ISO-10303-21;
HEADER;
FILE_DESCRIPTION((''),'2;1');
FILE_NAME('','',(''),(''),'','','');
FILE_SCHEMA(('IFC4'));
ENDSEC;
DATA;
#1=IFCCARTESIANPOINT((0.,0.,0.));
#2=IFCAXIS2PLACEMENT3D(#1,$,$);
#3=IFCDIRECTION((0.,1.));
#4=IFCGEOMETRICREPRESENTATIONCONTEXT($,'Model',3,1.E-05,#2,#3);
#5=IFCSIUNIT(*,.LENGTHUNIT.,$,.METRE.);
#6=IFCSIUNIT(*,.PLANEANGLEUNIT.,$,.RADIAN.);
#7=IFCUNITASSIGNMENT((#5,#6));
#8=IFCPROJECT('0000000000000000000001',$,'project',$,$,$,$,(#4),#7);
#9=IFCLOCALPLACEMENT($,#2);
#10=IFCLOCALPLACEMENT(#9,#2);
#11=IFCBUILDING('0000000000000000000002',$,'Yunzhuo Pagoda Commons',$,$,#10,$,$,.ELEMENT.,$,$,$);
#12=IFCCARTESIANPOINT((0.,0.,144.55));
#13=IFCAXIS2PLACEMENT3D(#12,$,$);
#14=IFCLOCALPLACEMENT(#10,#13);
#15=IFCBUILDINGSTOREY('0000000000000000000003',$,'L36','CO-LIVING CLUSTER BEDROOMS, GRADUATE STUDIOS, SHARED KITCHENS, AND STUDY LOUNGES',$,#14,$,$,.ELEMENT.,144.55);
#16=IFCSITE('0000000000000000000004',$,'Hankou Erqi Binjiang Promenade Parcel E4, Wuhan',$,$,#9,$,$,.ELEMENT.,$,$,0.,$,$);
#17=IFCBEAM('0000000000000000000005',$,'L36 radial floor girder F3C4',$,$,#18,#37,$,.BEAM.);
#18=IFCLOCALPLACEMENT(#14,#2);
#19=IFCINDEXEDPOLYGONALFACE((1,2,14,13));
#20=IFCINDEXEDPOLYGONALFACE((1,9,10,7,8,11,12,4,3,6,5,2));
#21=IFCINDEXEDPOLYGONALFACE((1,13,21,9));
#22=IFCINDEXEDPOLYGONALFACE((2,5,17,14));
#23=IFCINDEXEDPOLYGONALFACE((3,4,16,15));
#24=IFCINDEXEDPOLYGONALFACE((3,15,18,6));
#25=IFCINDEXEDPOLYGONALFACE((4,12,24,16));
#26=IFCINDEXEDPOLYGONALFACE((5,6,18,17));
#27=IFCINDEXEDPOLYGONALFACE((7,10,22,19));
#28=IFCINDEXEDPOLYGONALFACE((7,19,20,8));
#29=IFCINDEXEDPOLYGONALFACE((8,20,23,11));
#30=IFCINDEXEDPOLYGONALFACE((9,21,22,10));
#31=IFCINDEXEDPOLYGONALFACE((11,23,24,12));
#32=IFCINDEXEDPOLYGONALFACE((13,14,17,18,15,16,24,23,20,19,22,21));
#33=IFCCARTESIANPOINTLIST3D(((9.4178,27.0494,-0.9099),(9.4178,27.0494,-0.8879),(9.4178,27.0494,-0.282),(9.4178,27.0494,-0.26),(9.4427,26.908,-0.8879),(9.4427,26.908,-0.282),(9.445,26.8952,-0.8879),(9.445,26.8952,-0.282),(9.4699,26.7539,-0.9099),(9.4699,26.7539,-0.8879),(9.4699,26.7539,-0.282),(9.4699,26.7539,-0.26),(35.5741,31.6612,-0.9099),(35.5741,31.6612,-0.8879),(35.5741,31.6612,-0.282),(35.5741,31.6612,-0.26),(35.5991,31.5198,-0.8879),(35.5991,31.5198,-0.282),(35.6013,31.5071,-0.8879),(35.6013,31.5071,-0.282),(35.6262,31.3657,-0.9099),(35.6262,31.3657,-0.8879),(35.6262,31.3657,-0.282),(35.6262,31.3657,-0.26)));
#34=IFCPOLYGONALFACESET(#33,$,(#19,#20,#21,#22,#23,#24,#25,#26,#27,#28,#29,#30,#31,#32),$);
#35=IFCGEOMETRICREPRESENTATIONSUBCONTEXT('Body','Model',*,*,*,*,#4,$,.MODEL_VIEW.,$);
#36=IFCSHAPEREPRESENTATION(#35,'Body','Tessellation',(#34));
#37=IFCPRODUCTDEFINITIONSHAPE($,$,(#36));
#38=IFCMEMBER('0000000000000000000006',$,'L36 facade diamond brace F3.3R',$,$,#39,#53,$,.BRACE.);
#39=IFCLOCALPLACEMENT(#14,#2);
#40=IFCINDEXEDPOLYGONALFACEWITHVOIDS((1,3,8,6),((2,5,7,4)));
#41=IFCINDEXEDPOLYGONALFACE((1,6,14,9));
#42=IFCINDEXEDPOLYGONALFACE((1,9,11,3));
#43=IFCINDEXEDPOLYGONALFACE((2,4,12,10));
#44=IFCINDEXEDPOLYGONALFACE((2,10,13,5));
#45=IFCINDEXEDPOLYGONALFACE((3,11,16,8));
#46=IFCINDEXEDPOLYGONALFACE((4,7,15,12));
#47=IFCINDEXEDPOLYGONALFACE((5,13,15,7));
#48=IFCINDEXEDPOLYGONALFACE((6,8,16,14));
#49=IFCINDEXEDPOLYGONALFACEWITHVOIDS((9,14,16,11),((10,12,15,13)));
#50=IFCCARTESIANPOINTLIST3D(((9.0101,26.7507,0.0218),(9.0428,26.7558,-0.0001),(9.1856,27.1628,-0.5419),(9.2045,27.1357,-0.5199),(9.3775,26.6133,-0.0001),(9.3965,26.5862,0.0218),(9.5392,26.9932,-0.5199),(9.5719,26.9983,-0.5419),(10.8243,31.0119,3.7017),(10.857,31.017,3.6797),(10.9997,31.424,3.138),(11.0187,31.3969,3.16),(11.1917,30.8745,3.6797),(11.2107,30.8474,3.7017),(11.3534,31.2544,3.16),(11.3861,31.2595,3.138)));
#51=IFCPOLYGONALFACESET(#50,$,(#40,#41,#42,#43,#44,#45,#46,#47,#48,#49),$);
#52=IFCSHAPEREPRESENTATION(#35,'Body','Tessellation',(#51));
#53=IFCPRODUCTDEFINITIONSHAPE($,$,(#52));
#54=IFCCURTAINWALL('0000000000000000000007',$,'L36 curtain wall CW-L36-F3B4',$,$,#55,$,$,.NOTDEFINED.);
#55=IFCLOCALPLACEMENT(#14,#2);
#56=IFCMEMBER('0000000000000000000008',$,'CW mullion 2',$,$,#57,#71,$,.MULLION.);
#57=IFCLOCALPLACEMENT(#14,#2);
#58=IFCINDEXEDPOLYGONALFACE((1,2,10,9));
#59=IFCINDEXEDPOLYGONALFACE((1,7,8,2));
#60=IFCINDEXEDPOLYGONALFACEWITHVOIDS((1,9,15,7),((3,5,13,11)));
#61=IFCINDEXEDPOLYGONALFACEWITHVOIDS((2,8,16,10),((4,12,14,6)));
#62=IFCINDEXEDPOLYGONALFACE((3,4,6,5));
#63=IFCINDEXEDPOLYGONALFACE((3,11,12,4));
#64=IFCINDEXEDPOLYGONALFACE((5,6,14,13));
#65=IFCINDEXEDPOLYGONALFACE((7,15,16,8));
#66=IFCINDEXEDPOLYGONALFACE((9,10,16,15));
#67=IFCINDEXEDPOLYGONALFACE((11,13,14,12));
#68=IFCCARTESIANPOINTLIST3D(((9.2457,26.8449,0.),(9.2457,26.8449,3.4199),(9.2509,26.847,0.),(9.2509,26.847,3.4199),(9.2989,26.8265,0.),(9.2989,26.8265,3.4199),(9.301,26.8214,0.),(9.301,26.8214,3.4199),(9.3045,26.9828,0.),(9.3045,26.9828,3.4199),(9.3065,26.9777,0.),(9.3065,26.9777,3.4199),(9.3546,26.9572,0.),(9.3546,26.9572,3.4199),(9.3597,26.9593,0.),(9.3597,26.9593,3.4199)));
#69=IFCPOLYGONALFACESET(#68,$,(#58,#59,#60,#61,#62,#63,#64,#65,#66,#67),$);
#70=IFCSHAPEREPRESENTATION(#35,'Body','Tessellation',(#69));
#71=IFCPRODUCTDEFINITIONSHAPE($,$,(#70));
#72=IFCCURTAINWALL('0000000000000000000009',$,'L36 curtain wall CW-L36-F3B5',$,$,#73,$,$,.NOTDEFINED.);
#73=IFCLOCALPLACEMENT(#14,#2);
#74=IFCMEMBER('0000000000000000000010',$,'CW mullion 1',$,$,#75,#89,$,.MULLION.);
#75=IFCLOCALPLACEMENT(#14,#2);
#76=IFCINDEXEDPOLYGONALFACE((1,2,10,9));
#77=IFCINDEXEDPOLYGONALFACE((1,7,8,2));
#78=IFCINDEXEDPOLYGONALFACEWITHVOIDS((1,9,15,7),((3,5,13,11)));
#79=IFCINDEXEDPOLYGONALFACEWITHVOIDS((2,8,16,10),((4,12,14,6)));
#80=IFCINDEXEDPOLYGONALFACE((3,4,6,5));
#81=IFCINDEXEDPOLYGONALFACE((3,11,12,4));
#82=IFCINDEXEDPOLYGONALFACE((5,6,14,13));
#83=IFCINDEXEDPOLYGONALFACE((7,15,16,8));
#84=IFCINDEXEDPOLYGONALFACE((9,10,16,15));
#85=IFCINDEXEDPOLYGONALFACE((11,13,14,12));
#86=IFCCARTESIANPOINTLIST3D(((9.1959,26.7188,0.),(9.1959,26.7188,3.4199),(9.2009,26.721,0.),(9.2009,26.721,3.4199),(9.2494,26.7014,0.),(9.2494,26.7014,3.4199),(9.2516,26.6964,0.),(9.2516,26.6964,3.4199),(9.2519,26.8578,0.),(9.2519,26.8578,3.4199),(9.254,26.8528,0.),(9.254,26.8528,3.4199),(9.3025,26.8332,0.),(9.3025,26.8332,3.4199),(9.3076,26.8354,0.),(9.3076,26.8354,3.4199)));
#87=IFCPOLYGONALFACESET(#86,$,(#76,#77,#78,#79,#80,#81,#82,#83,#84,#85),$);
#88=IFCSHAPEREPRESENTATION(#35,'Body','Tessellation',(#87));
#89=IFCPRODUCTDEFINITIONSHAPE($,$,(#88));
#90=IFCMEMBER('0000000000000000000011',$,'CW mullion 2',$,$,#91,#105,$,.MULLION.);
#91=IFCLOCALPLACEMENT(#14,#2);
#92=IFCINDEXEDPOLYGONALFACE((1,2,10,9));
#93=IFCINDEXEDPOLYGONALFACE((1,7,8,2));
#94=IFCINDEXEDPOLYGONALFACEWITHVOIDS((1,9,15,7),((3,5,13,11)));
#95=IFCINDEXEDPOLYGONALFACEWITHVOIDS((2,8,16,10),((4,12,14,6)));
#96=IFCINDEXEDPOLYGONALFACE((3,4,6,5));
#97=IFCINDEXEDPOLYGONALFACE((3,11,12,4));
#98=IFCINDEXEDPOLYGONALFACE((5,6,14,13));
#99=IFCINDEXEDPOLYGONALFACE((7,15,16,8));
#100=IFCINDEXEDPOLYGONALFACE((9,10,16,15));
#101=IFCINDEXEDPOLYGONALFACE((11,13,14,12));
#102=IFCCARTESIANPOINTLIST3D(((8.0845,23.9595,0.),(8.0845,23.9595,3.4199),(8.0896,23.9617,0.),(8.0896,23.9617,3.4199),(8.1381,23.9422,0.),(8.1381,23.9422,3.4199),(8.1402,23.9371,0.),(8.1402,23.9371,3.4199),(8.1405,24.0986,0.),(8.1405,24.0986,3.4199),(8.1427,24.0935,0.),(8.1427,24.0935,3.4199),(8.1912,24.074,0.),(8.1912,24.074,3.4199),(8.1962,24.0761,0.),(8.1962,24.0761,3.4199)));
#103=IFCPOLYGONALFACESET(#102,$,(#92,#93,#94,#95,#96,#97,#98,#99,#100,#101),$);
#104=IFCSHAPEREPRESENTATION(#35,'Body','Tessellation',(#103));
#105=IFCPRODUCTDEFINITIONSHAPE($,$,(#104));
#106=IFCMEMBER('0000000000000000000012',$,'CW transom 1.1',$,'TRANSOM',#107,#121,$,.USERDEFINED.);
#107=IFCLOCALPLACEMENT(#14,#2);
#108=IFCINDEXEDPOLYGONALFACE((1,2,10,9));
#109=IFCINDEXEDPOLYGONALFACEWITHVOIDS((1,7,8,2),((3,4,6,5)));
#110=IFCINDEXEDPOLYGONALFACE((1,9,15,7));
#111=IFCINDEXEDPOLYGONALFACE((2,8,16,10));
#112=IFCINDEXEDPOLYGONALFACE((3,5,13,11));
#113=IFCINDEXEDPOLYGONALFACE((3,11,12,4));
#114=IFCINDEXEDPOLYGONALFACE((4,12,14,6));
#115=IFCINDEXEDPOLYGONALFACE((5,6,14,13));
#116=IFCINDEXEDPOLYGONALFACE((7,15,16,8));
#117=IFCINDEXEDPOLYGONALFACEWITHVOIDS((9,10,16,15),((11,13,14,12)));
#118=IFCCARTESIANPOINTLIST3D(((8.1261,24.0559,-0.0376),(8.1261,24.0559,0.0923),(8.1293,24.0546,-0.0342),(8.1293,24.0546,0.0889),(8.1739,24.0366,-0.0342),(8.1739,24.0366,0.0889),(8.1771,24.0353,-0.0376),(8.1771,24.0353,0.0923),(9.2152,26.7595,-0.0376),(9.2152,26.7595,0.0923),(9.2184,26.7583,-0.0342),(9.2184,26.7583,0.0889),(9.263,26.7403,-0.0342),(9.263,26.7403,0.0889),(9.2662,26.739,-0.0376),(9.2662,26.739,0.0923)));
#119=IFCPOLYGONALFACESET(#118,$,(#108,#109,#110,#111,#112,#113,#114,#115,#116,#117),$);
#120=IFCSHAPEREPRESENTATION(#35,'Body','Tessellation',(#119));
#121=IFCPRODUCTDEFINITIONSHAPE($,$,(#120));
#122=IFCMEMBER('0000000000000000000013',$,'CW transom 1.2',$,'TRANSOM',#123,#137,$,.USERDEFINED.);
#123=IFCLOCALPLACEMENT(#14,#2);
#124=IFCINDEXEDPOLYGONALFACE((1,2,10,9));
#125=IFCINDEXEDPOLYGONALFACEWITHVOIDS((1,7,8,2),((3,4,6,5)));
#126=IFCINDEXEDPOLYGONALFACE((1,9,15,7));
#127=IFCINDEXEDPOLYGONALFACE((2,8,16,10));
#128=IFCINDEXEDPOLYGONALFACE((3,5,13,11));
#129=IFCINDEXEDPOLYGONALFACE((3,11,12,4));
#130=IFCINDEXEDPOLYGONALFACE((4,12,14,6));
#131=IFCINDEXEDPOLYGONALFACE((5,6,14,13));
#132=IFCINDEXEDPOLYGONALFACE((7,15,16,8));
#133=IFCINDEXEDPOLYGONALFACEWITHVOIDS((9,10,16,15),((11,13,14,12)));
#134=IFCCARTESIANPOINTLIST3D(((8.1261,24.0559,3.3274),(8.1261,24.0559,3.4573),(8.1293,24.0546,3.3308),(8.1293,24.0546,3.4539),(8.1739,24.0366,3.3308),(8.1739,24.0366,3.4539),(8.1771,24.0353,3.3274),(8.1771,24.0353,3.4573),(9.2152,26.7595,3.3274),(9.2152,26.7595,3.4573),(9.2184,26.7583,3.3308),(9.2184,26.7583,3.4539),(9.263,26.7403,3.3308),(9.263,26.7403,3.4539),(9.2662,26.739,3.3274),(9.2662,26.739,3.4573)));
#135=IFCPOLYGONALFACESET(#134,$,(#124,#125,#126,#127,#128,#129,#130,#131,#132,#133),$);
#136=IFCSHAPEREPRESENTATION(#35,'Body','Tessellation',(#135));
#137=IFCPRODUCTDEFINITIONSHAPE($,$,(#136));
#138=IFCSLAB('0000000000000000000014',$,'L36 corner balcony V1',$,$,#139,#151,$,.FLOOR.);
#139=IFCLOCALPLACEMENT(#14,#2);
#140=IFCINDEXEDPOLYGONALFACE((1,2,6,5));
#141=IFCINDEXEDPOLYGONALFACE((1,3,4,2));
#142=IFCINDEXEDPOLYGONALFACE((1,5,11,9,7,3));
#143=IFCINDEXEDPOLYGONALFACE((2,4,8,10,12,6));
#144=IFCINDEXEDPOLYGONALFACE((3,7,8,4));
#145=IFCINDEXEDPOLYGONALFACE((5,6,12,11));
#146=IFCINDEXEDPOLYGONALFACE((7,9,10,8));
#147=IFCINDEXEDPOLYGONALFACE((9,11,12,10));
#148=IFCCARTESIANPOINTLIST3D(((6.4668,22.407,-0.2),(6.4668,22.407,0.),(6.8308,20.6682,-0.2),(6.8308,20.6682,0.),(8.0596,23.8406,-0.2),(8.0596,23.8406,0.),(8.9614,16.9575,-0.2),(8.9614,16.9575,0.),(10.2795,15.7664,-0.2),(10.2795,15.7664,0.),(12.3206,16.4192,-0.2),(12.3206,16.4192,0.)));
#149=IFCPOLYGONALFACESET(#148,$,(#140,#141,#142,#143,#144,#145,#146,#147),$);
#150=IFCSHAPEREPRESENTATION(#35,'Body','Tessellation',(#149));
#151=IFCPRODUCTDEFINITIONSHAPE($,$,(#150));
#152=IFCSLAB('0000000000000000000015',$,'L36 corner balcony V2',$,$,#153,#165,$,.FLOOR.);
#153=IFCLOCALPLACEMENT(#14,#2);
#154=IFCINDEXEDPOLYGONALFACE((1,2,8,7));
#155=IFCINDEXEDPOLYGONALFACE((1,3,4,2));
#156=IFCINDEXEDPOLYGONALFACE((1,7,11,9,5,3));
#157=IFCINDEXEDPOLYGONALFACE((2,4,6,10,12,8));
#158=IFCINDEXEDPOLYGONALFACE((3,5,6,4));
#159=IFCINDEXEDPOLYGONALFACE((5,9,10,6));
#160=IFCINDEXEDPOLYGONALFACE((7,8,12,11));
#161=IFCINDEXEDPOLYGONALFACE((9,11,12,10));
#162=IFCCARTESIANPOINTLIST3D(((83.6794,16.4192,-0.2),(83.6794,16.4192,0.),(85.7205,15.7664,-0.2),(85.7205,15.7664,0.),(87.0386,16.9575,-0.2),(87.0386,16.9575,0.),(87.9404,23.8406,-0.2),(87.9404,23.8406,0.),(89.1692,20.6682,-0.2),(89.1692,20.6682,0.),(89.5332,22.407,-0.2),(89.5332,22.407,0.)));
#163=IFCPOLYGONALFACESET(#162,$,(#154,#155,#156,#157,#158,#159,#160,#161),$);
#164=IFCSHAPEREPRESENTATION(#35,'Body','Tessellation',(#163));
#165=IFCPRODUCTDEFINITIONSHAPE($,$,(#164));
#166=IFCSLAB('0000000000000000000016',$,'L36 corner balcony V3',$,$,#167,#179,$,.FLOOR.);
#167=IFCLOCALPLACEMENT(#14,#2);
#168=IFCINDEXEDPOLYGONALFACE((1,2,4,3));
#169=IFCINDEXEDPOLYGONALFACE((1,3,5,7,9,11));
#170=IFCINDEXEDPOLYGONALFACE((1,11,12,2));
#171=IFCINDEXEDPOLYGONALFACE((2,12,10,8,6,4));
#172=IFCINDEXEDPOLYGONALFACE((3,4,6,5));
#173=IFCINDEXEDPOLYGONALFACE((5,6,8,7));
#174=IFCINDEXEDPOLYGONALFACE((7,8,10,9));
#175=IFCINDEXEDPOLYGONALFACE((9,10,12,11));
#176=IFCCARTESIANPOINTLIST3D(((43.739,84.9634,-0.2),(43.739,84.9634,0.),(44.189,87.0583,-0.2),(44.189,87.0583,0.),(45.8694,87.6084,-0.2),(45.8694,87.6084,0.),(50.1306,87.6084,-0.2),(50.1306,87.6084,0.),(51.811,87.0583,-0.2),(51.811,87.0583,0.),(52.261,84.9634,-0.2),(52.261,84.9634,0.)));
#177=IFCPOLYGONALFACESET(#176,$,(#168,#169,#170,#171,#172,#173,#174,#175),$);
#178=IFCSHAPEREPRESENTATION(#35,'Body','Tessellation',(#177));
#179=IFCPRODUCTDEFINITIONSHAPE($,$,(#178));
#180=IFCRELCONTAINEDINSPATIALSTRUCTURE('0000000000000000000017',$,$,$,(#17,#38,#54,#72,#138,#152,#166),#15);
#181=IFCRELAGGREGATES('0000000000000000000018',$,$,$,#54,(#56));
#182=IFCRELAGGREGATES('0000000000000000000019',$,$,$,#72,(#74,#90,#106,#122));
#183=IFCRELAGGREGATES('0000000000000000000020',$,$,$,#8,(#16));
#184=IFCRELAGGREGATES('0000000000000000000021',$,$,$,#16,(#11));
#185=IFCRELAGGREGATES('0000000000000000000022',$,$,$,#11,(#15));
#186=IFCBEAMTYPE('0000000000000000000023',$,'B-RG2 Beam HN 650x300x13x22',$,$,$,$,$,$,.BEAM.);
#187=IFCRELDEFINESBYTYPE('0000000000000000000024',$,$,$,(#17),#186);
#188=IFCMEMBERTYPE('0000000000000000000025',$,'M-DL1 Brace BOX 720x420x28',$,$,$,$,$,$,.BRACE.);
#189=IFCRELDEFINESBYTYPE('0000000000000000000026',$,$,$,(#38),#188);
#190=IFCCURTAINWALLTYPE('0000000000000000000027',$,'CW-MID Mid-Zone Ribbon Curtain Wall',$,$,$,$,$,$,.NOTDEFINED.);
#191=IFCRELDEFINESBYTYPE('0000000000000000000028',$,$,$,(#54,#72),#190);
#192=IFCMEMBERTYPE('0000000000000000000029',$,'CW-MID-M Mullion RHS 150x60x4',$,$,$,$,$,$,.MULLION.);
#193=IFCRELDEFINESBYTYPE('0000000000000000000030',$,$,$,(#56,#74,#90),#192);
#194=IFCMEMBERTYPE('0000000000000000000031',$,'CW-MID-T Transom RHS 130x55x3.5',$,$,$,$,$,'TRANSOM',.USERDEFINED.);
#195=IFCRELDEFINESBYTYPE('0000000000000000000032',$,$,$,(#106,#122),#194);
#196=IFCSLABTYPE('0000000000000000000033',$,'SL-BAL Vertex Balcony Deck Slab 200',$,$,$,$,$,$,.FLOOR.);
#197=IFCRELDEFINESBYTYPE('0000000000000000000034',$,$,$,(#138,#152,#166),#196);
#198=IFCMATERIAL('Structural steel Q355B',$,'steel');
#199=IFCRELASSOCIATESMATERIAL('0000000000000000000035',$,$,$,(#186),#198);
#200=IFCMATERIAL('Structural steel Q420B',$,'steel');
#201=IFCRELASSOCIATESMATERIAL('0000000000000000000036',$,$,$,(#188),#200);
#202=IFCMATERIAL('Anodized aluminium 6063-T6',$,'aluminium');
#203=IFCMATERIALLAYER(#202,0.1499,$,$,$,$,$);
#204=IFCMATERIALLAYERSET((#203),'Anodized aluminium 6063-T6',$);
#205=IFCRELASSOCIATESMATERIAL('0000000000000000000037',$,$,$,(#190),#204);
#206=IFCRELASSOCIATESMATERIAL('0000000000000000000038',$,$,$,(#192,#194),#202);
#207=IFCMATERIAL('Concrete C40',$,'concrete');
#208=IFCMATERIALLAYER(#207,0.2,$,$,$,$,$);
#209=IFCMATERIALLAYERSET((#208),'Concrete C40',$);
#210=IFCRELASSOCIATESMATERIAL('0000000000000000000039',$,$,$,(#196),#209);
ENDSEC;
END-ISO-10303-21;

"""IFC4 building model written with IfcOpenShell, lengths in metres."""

from ifc_helpers import new_model, si_unit, direction, frame, origin, origin_2d, place, context, subcontext, project, spatial, polyline, hollow_rectangle, i_section, outline, extrude, source, transform, mapped, material, layer, layer_set, material_profile, profile_set, type_object, element, aggregate, save


model = new_model("IFC4")

# Units and contexts
model_context = context("Model", 3, precision=1e-05, world=origin(), true_north=direction((0.0, 1.0)))
body_context = subcontext(model_context, "Body", "Model", "MODEL_VIEW")
ifc_project = project(units=[si_unit("LENGTHUNIT", "METRE"), si_unit("PLANEANGLEUNIT", "RADIAN")], contexts=[model_context])

# Site, building, storey
site_placement = place(None, origin())
site = spatial("IfcSite", under=ifc_project, at=site_placement, Name="Hankou Erqi Binjiang Promenade Parcel E4, Wuhan", CompositionType="ELEMENT", RefElevation=0.0)
building_placement = place(site_placement, origin())
building = spatial("IfcBuilding", under=site, at=building_placement, Name="Yunzhuo Pagoda Commons", CompositionType="ELEMENT")
storey_placement = place(building_placement, frame((0.0, 0.0, 144.55)))
storey = spatial("IfcBuildingStorey", under=building, at=storey_placement, Name="L36", Description="CO-LIVING CLUSTER BEDROOMS, GRADUATE STUDIOS, SHARED KITCHENS, AND STUDY LOUNGES", CompositionType="ELEMENT", Elevation=144.55)

# Beam
ifc_material_1 = material(Name="Structural steel Q355B", Category="steel")
ifc_material_profile_1 = material_profile(ifc_material_1, i_section(OverallWidth=0.3, OverallDepth=0.6499, WebThickness=0.0129, FlangeThickness=0.022, at=origin_2d()), Name="Structural steel Q355B")
ifc_profile_set_1 = profile_set([ifc_material_profile_1], Name="Structural steel Q355B")
beam_type = type_object("IfcBeamType", Name="B-RG2 Beam HN 650x300x13x22", PredefinedType="BEAM", material=ifc_profile_set_1)
shared_shape_1 = source(origin(), body_context, "Body", "SweptSolid", [
    extrude(i_section(OverallWidth=0.3, OverallDepth=0.6499, WebThickness=0.0129, FlangeThickness=0.022, at=origin_2d()), origin(), (0.0, 0.0, 1.0), 26.5598),
])
beam_placement = place(storey_placement, frame((9.4438, 26.9016, -0.585), z_axis=(0.984809, 0.17364, 0.0), x_axis=(-0.17364, 0.984809, 0.0)))
element("IfcBeam", 1, at=beam_placement, inside=storey, type_object=beam_type, Name="L36 radial floor girder F3C4", PredefinedType="BEAM", context=body_context, shape_type="MappedRepresentation", body=[
    mapped(shared_shape_1, transform((0.0, 0.0, 0.0), scale=1.0)),
])

# Member
ifc_material_2 = material(Name="Structural steel Q420B", Category="steel")
ifc_material_profile_2 = material_profile(ifc_material_2, hollow_rectangle(XDim=0.4199, YDim=0.72, WallThickness=0.0281, at=origin_2d()), Name="Structural steel Q420B")
ifc_profile_set_2 = profile_set([ifc_material_profile_2], Name="Structural steel Q420B")
member_type_1 = type_object("IfcMemberType", Name="M-DL1 Brace BOX 720x420x28", PredefinedType="BRACE", material=ifc_profile_set_2)
shared_shape_2 = source(origin(), body_context, "Body", "SweptSolid", [
    extrude(hollow_rectangle(XDim=0.4199, YDim=0.72, WallThickness=0.0281, at=origin_2d()), origin(), (0.0, 0.0, 1.0), 5.9153),
])
member_1_placement = place(storey_placement, frame((9.291, 26.8745, -0.26), z_axis=(0.306695, 0.720369, 0.622099), x_axis=(-0.920083, 0.391723, 0.0)))
element("IfcMember", 2, at=member_1_placement, inside=storey, type_object=member_type_1, Name="L36 facade diamond brace F3.3R", PredefinedType="BRACE", context=body_context, shape_type="MappedRepresentation", body=[
    mapped(shared_shape_2, transform((0.0, 0.0, 0.0), scale=1.0)),
])

# Curtain wall, member
ifc_material_3 = material(Name="Anodized aluminium 6063-T6", Category="aluminium")
ifc_layer_1 = layer(ifc_material_3, 0.1499)
ifc_layer_set_1 = layer_set([ifc_layer_1], Name="Anodized aluminium 6063-T6")
curtain_wall_type = type_object("IfcCurtainWallType", Name="CW-MID Mid-Zone Ribbon Curtain Wall", PredefinedType="NOTDEFINED", material=ifc_layer_set_1)
curtain_wall_1_placement = place(storey_placement, origin())
curtain_wall_1 = element("IfcCurtainWall", 3, at=curtain_wall_1_placement, inside=storey, type_object=curtain_wall_type, Name="L36 curtain wall CW-L36-F3B4", PredefinedType="NOTDEFINED")
ifc_material_profile_3 = material_profile(ifc_material_3, hollow_rectangle(XDim=0.0601, YDim=0.1499, WallThickness=0.0039, at=origin_2d()), Name="Anodized aluminium 6063-T6")
ifc_profile_set_3 = profile_set([ifc_material_profile_3], Name="Anodized aluminium 6063-T6")
member_type_2 = type_object("IfcMemberType", Name="CW-MID-M Mullion RHS 150x60x4", PredefinedType="MULLION", material=ifc_profile_set_3)
shared_shape_3 = source(origin(), body_context, "Body", "SweptSolid", [
    extrude(hollow_rectangle(XDim=0.0601, YDim=0.1499, WallThickness=0.0039, at=origin_2d()), origin(), (0.0, 0.0, 1.0), 3.4199),
])
member_2_placement = place(storey_placement, frame((9.3027, 26.9021, 0.0), z_axis=(0.0, 0.0, 1.0), x_axis=(0.920072, -0.391749, 0.0)))
member_2 = element("IfcMember", 4, at=member_2_placement, type_object=member_type_2, Name="CW mullion 2", PredefinedType="MULLION", context=body_context, shape_type="MappedRepresentation", body=[
    mapped(shared_shape_3, transform((0.0, 0.0, 0.0), scale=1.0)),
])
aggregate(curtain_wall_1, [member_2])

# Curtain wall, members
curtain_wall_2_placement = place(storey_placement, origin())
curtain_wall_2 = element("IfcCurtainWall", 5, at=curtain_wall_2_placement, inside=storey, type_object=curtain_wall_type, Name="L36 curtain wall CW-L36-F3B5", PredefinedType="NOTDEFINED")
member_3_placement = place(storey_placement, frame((9.2517, 26.7771, 0.0), z_axis=(0.0, 0.0, 1.0), x_axis=(0.927583, -0.373617, 0.0)))
member_3 = element("IfcMember", 6, at=member_3_placement, type_object=member_type_2, Name="CW mullion 1", PredefinedType="MULLION", context=body_context, shape_type="MappedRepresentation", body=[
    mapped(shared_shape_3, transform((0.0, 0.0, 0.0), scale=1.0)),
])
member_4_placement = place(storey_placement, frame((8.1404, 24.0178, 0.0), z_axis=(0.0, 0.0, 1.0), x_axis=(0.927583, -0.373617, 0.0)))
member_4 = element("IfcMember", 7, at=member_4_placement, type_object=member_type_2, Name="CW mullion 2", PredefinedType="MULLION", context=body_context, shape_type="MappedRepresentation", body=[
    mapped(shared_shape_3, transform((0.0, 0.0, 0.0), scale=1.0)),
])
ifc_material_profile_4 = material_profile(ifc_material_3, hollow_rectangle(XDim=0.0549, YDim=0.1299, WallThickness=0.0034, at=origin_2d()), Name="Anodized aluminium 6063-T6")
ifc_profile_set_4 = profile_set([ifc_material_profile_4], Name="Anodized aluminium 6063-T6")
member_type_3 = type_object("IfcMemberType", Name="CW-MID-T Transom RHS 130x55x3.5", ElementType="TRANSOM", PredefinedType="USERDEFINED", material=ifc_profile_set_4)
shared_shape_4 = source(origin(), body_context, "Body", "SweptSolid", [
    extrude(hollow_rectangle(XDim=0.0549, YDim=0.1299, WallThickness=0.0034, at=origin_2d()), origin(), (0.0, 0.0, 1.0), 2.9148),
])
member_5_placement = place(storey_placement, frame((9.2407, 26.7493, 0.0273), z_axis=(-0.373657, -0.927567, 0.0), x_axis=(0.927567, -0.373657, 0.0)))
member_5 = element("IfcMember", 8, at=member_5_placement, type_object=member_type_3, Name="CW transom 1.1", ObjectType="TRANSOM", PredefinedType="USERDEFINED", context=body_context, shape_type="MappedRepresentation", body=[
    mapped(shared_shape_4, transform((0.0, 0.0, 0.0), scale=1.0)),
])
member_6_placement = place(storey_placement, frame((9.2407, 26.7493, 3.3923), z_axis=(-0.373657, -0.927567, 0.0), x_axis=(0.927567, -0.373657, 0.0)))
member_6 = element("IfcMember", 9, at=member_6_placement, type_object=member_type_3, Name="CW transom 1.2", ObjectType="TRANSOM", PredefinedType="USERDEFINED", context=body_context, shape_type="MappedRepresentation", body=[
    mapped(shared_shape_4, transform((0.0, 0.0, 0.0), scale=1.0)),
])

# Slabs
ifc_material_4 = material(Name="Concrete C40", Category="concrete")
ifc_layer_2 = layer(ifc_material_4, 0.2)
ifc_layer_set_2 = layer_set([ifc_layer_2], Name="Concrete C40")
slab_type_1 = type_object("IfcSlabType", Name="SL-BAL Vertex Balcony Deck Slab 200", PredefinedType="FLOOR", material=ifc_layer_set_2)
slab_1_placement = place(storey_placement, frame((0.0, 0.0, -0.2)))
element("IfcSlab", 10, at=slab_1_placement, inside=storey, type_object=slab_type_1, Name="L36 corner balcony V1", PredefinedType="FLOOR", context=body_context, shape_type="SweptSolid", body=[
    extrude(outline(polyline([(8.0596, 23.8406), (12.3206, 16.4192), (10.2795, 15.7664), (8.9614, 16.9575), (6.8308, 20.6682), (6.4668, 22.407), (8.0596, 23.8406)])), origin(), (0.0, 0.0, 1.0), 0.2),
])
slab_2_placement = place(storey_placement, frame((0.0, 0.0, -0.2)))
element("IfcSlab", 11, at=slab_2_placement, inside=storey, type_object=slab_type_1, Name="L36 corner balcony V2", PredefinedType="FLOOR", context=body_context, shape_type="SweptSolid", body=[
    extrude(outline(polyline([(83.6794, 16.4192), (87.9404, 23.8406), (89.5332, 22.407), (89.1692, 20.6682), (87.0386, 16.9575), (85.7205, 15.7664), (83.6794, 16.4192)])), origin(), (0.0, 0.0, 1.0), 0.2),
])
slab_3_placement = place(storey_placement, frame((0.0, 0.0, -0.2)))
element("IfcSlab", 12, at=slab_3_placement, inside=storey, type_object=slab_type_1, Name="L36 corner balcony V3", PredefinedType="FLOOR", context=body_context, shape_type="SweptSolid", body=[
    extrude(outline(polyline([(52.261, 84.9634), (43.739, 84.9634), (44.189, 87.0583), (45.8694, 87.6084), (50.1306, 87.6084), (51.811, 87.0583), (52.261, 84.9634)])), origin(), (0.0, 0.0, 1.0), 0.2),
])

aggregate(curtain_wall_2, [member_3, member_4, member_5, member_6])

save(model, "model.ifc")
